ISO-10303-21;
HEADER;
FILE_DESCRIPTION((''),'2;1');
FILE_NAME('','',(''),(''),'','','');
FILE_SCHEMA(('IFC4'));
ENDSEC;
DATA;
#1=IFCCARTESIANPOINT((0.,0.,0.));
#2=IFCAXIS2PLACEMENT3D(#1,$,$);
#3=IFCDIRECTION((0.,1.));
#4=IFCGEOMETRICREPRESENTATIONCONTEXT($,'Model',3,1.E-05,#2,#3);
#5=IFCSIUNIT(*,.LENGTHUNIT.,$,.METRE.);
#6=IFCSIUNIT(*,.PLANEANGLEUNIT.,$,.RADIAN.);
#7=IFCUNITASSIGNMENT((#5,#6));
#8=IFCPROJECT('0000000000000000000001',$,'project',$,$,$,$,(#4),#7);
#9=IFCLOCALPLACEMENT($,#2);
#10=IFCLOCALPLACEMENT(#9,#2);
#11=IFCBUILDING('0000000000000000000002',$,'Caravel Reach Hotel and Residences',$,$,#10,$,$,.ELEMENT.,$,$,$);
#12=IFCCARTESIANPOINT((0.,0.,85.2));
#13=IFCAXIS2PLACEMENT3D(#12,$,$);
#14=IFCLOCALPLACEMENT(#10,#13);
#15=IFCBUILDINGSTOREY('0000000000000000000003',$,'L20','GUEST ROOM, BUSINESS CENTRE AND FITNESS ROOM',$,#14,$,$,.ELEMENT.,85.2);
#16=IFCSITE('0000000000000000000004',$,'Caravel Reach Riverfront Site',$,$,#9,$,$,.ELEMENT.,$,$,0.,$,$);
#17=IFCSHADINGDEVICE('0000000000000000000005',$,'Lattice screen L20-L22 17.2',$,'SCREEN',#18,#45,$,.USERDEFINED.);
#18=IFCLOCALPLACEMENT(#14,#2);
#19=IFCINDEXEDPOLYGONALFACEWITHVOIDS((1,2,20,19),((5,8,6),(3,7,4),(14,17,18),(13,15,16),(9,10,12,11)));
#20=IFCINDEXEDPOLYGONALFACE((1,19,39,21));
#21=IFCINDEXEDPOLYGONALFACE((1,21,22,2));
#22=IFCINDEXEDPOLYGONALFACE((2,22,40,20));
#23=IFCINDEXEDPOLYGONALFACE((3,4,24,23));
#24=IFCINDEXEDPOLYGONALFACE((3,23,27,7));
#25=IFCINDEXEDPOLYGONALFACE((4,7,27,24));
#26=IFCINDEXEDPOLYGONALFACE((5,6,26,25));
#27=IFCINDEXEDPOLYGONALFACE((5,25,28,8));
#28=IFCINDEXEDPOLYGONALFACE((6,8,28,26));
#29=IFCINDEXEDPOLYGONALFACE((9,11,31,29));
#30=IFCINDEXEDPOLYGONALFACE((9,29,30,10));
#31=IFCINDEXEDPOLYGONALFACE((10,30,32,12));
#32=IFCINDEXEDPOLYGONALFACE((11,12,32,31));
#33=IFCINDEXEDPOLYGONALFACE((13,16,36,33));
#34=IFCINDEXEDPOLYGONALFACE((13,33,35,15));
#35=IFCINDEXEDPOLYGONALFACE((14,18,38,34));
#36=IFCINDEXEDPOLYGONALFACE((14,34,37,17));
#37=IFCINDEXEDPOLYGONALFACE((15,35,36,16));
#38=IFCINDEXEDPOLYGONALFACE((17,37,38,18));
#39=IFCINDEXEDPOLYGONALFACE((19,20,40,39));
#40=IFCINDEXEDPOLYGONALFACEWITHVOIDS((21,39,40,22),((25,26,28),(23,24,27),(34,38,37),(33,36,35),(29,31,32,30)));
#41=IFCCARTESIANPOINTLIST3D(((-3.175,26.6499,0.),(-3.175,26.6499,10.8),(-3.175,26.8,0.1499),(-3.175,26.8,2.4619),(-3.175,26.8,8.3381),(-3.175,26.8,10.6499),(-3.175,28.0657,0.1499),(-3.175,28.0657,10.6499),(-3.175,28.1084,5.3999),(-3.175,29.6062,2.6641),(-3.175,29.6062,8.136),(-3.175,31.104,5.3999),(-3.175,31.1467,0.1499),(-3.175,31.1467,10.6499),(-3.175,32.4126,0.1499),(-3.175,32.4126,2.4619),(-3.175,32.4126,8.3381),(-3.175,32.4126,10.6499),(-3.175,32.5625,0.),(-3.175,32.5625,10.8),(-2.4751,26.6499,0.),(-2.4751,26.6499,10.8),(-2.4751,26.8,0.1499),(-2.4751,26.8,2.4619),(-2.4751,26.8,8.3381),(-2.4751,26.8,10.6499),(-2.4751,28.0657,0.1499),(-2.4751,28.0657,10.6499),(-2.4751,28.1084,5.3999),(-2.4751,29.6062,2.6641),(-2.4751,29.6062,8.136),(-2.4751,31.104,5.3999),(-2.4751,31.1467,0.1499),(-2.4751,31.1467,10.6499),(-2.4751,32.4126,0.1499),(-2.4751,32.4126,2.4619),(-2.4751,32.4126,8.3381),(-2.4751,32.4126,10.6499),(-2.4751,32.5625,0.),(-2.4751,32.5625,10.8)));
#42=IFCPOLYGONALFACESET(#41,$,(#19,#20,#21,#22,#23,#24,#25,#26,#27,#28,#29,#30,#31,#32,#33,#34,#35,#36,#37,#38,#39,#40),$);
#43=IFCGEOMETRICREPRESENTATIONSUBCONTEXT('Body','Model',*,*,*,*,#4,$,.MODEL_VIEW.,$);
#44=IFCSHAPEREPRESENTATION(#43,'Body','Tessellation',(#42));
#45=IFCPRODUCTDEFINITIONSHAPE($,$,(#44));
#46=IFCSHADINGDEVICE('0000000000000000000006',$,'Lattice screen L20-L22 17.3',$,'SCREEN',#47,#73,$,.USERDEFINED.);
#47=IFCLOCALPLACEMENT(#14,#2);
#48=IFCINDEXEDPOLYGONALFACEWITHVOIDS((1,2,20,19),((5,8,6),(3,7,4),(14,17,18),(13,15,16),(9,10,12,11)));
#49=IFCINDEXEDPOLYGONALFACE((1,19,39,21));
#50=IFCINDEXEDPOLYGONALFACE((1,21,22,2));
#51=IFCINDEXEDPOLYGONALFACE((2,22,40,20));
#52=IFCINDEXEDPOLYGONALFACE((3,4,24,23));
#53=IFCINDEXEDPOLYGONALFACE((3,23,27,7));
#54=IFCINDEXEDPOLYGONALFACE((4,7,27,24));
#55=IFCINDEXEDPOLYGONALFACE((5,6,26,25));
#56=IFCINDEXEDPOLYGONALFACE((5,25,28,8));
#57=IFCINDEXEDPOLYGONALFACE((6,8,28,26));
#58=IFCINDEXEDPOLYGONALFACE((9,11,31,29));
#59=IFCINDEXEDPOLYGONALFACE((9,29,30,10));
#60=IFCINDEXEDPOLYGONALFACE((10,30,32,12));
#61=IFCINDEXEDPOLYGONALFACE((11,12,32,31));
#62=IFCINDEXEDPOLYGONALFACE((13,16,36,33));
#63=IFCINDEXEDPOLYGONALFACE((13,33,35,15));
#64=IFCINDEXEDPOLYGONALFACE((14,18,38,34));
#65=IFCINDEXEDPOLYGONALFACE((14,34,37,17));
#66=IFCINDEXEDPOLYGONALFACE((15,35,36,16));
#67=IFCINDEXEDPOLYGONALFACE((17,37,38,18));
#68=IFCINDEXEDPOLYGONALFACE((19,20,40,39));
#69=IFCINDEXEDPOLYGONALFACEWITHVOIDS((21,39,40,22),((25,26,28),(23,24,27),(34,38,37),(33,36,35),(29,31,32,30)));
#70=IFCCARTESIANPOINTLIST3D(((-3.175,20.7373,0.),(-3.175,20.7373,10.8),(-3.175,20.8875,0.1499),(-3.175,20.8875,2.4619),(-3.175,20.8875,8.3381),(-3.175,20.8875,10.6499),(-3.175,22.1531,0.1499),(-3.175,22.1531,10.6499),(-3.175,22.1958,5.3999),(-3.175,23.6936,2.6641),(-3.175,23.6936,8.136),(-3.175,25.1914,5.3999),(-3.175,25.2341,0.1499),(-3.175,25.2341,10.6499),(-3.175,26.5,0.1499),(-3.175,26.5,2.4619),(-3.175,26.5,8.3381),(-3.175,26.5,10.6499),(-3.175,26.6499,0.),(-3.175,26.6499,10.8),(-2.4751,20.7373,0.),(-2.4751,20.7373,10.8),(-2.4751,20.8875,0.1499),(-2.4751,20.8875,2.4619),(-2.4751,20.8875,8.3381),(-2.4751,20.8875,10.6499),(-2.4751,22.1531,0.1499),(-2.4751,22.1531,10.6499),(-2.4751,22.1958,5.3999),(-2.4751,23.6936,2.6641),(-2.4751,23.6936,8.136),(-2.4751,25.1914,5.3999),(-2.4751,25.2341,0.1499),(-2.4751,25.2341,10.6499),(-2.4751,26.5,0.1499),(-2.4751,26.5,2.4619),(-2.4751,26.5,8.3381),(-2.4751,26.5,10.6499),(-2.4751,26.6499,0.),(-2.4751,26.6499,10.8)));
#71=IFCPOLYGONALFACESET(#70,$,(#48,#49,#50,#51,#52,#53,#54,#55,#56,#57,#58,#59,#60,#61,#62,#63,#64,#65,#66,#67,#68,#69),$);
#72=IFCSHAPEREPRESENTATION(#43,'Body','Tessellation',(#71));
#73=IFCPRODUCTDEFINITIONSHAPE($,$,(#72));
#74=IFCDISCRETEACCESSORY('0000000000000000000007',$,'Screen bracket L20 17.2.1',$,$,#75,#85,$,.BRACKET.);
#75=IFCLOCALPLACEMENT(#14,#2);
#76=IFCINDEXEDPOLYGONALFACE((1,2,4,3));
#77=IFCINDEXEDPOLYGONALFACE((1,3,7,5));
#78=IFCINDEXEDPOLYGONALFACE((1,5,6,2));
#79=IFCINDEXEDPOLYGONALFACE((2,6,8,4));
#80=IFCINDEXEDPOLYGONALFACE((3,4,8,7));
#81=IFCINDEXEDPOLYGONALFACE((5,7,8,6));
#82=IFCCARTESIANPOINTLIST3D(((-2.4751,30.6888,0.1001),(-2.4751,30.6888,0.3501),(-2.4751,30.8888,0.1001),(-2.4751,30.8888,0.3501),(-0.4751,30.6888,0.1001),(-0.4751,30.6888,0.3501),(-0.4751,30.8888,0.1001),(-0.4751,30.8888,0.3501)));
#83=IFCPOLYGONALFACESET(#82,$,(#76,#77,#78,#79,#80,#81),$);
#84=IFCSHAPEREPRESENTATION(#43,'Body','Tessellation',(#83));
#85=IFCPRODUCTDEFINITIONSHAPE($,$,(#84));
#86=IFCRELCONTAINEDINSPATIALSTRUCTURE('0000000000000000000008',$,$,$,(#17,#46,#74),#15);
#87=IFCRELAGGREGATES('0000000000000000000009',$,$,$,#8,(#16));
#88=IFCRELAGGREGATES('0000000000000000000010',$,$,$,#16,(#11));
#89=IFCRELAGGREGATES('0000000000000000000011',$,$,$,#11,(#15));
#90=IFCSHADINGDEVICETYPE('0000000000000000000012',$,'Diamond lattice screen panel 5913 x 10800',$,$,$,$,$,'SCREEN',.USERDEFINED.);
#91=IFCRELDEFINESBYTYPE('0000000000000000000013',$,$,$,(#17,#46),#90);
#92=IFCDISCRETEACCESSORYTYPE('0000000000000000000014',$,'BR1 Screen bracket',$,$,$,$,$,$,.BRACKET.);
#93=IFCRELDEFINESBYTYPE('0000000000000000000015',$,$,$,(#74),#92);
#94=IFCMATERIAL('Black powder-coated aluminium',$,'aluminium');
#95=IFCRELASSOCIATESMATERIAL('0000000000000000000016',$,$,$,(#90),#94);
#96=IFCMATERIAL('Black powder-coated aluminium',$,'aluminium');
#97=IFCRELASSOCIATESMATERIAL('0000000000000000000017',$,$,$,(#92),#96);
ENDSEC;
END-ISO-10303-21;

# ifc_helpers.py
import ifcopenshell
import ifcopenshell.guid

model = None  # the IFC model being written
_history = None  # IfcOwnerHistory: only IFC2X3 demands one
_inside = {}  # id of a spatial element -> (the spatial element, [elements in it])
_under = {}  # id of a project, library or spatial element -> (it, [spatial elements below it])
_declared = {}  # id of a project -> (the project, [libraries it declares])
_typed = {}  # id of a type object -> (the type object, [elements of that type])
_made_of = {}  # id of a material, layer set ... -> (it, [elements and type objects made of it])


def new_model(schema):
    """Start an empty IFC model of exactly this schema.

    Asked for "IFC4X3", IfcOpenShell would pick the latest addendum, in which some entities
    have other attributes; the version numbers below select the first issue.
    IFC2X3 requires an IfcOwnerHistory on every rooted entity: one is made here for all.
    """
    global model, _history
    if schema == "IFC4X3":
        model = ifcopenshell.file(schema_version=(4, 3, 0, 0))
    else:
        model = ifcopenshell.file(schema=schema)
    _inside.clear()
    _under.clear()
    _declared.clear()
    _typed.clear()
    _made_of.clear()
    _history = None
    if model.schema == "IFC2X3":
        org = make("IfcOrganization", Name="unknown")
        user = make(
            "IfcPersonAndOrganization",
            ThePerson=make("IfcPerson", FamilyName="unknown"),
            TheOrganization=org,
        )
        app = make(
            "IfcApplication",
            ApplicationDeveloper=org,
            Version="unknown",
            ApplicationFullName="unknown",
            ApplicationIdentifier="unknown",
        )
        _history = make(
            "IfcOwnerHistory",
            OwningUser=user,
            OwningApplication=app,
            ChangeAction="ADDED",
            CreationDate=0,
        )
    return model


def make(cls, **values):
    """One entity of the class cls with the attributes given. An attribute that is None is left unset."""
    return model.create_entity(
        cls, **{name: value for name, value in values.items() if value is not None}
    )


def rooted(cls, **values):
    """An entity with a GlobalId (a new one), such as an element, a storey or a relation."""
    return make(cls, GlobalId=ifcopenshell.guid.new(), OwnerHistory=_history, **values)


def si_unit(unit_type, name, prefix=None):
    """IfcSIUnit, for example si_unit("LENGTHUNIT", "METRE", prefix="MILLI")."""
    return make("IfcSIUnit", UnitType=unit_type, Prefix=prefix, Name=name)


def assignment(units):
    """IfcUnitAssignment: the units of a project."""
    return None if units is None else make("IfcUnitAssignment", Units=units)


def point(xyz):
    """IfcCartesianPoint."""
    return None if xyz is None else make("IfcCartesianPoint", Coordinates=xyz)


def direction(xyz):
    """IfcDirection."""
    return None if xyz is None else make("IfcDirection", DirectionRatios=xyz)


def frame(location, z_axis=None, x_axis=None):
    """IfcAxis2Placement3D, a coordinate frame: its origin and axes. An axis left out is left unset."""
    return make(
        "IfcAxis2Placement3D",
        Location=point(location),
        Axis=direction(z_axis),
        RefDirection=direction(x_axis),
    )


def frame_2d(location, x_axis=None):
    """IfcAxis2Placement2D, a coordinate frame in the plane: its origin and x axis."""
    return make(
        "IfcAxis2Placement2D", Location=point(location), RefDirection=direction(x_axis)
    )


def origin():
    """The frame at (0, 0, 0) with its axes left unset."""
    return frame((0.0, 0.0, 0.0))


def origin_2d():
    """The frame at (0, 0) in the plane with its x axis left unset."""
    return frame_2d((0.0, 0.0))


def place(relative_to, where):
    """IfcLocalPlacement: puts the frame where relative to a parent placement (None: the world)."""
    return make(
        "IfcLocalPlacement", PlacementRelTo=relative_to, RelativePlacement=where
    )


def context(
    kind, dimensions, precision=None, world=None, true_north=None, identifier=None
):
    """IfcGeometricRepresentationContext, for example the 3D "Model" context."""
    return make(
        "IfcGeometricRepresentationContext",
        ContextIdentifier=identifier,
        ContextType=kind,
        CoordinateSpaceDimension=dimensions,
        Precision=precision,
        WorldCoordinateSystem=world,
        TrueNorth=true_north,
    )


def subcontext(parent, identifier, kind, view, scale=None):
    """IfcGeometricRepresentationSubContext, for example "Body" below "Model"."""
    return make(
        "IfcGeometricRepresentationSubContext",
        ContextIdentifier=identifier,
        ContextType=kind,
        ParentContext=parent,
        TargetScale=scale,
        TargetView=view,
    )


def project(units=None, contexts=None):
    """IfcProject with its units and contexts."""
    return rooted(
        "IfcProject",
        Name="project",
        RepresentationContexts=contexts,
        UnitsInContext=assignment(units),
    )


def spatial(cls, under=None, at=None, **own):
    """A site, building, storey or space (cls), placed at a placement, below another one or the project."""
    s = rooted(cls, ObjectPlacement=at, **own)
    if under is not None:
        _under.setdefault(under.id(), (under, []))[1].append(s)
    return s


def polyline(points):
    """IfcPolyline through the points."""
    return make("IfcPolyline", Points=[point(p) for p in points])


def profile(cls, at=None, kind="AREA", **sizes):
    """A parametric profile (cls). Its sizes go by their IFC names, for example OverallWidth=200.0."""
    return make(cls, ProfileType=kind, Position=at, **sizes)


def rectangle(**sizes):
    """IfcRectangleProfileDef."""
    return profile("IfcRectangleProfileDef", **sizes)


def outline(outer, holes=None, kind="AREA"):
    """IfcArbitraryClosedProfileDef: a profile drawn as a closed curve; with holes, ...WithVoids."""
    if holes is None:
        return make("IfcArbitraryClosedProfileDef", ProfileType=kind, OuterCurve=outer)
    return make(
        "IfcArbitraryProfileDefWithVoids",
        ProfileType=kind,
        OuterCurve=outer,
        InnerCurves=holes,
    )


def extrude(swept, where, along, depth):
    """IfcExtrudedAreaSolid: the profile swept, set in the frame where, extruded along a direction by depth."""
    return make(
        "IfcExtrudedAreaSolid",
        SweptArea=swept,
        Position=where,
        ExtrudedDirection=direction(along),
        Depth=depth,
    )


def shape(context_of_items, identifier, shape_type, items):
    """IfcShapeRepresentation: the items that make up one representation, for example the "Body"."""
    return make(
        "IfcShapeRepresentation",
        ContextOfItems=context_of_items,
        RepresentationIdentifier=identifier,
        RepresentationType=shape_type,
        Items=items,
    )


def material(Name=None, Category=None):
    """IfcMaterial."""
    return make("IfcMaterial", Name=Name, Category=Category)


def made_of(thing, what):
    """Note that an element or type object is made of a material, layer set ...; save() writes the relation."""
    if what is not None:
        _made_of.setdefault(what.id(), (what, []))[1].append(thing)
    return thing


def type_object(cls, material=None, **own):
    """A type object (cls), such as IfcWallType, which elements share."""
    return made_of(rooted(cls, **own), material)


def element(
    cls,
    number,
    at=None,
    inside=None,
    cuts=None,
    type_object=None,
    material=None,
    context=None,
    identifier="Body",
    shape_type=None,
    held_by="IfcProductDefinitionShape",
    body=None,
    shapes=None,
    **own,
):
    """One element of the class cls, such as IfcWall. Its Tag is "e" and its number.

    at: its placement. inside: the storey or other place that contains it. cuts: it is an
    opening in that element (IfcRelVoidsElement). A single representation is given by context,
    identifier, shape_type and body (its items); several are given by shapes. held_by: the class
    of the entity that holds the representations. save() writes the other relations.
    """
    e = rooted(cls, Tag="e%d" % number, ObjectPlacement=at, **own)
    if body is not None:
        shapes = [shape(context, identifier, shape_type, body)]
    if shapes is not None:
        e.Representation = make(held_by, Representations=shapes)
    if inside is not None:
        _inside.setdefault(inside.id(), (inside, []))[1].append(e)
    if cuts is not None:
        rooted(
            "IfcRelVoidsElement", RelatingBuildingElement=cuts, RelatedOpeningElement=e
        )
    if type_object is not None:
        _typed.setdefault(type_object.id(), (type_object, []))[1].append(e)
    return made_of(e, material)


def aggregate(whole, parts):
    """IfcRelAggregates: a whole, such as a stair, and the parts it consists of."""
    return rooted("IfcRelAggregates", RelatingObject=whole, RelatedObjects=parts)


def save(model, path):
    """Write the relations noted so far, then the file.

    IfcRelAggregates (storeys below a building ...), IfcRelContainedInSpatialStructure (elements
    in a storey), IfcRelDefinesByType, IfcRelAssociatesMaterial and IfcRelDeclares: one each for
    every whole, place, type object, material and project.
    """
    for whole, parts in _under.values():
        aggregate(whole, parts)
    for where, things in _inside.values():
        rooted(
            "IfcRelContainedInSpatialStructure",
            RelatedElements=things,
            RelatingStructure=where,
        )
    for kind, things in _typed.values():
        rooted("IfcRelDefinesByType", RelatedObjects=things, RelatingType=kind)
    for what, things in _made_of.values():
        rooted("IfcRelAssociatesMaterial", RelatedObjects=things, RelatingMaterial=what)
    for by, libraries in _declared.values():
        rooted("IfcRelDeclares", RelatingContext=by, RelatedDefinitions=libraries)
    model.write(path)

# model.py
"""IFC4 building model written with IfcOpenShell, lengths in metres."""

from ifc_helpers import new_model, si_unit, direction, frame, origin, origin_2d, place, context, subcontext, project, spatial, polyline, rectangle, outline, extrude, material, type_object, element, save


model = new_model("IFC4")

# Units and contexts
model_context = context("Model", 3, precision=1e-05, world=origin(), true_north=direction((0.0, 1.0)))
body_context = subcontext(model_context, "Body", "Model", "MODEL_VIEW")
ifc_project = project(units=[si_unit("LENGTHUNIT", "METRE"), si_unit("PLANEANGLEUNIT", "RADIAN")], contexts=[model_context])

# Site, building, storey
site_placement = place(None, origin())
site = spatial("IfcSite", under=ifc_project, at=site_placement, Name="Caravel Reach Riverfront Site", CompositionType="ELEMENT", RefElevation=0.0)
building_placement = place(site_placement, origin())
building = spatial("IfcBuilding", under=site, at=building_placement, Name="Caravel Reach Hotel and Residences", CompositionType="ELEMENT")
storey_placement = place(building_placement, frame((0.0, 0.0, 85.2)))
storey = spatial("IfcBuildingStorey", under=building, at=storey_placement, Name="L20", Description="GUEST ROOM, BUSINESS CENTRE AND FITNESS ROOM", CompositionType="ELEMENT", Elevation=85.2)

# Shading devices
ifc_material_1 = material(Name="Black powder-coated aluminium", Category="aluminium")
shading_device_type = type_object("IfcShadingDeviceType", Name="Diamond lattice screen panel 5913 x 10800", ElementType="SCREEN", PredefinedType="USERDEFINED", material=ifc_material_1)
for number, where, z_axis, x_axis, name in (
    (1, (-2.4751, 32.5625, 0.0), (-1.0, 0.0, 0.0), (0.0, -1.0, 0.0), "Lattice screen L20-L22 17.2"),
    (2, (-2.4751, 26.6499, 0.0), (-1.0, 0.0, 0.0), (0.0, -1.0, 0.0), "Lattice screen L20-L22 17.3"),
):
    element("IfcShadingDevice", number, at=place(storey_placement, frame(where, z_axis=z_axis, x_axis=x_axis)), inside=storey, type_object=shading_device_type, Name=name, ObjectType="SCREEN", PredefinedType="USERDEFINED", context=body_context, shape_type="SweptSolid", body=[
        extrude(outline(polyline([(0.0, 0.0), (5.9126, 0.0), (5.9126, 10.8), (0.0, 10.8), (0.0, 0.0)]), holes=[polyline([(1.4158, 0.1499), (0.1499, 2.4619), (0.1499, 0.1499), (1.4158, 0.1499)]), polyline([(0.1499, 8.3381), (1.4158, 10.6499), (0.1499, 10.6499), (0.1499, 8.3381)]), polyline([(2.9563, 8.136), (1.4585, 5.3999), (2.9563, 2.6641), (4.4541, 5.3999), (2.9563, 8.136)]), polyline([(5.7625, 2.4619), (4.4968, 0.1499), (5.7625, 0.1499), (5.7625, 2.4619)]), polyline([(4.4968, 10.6499), (5.7625, 8.3381), (5.7625, 10.6499), (4.4968, 10.6499)])]), origin(), (0.0, 0.0, 1.0), 0.7),
    ])

# Discrete accessory
ifc_material_2 = material(Name="Black powder-coated aluminium", Category="aluminium")
discrete_accessory_type = type_object("IfcDiscreteAccessoryType", Name="BR1 Screen bracket", PredefinedType="BRACKET", material=ifc_material_2)
discrete_accessory_placement = place(storey_placement, frame((-1.4751, 30.7888, 0.1001), z_axis=(0.0, 0.0, 1.0), x_axis=(-1.0, 0.0, 0.0)))
element("IfcDiscreteAccessory", 3, at=discrete_accessory_placement, inside=storey, type_object=discrete_accessory_type, Name="Screen bracket L20 17.2.1", PredefinedType="BRACKET", context=body_context, shape_type="SweptSolid", body=[
    extrude(rectangle(XDim=2.0, YDim=0.2, at=origin_2d()), origin(), (0.0, 0.0, 1.0), 0.25),
])

save(model, "model.ifc")
